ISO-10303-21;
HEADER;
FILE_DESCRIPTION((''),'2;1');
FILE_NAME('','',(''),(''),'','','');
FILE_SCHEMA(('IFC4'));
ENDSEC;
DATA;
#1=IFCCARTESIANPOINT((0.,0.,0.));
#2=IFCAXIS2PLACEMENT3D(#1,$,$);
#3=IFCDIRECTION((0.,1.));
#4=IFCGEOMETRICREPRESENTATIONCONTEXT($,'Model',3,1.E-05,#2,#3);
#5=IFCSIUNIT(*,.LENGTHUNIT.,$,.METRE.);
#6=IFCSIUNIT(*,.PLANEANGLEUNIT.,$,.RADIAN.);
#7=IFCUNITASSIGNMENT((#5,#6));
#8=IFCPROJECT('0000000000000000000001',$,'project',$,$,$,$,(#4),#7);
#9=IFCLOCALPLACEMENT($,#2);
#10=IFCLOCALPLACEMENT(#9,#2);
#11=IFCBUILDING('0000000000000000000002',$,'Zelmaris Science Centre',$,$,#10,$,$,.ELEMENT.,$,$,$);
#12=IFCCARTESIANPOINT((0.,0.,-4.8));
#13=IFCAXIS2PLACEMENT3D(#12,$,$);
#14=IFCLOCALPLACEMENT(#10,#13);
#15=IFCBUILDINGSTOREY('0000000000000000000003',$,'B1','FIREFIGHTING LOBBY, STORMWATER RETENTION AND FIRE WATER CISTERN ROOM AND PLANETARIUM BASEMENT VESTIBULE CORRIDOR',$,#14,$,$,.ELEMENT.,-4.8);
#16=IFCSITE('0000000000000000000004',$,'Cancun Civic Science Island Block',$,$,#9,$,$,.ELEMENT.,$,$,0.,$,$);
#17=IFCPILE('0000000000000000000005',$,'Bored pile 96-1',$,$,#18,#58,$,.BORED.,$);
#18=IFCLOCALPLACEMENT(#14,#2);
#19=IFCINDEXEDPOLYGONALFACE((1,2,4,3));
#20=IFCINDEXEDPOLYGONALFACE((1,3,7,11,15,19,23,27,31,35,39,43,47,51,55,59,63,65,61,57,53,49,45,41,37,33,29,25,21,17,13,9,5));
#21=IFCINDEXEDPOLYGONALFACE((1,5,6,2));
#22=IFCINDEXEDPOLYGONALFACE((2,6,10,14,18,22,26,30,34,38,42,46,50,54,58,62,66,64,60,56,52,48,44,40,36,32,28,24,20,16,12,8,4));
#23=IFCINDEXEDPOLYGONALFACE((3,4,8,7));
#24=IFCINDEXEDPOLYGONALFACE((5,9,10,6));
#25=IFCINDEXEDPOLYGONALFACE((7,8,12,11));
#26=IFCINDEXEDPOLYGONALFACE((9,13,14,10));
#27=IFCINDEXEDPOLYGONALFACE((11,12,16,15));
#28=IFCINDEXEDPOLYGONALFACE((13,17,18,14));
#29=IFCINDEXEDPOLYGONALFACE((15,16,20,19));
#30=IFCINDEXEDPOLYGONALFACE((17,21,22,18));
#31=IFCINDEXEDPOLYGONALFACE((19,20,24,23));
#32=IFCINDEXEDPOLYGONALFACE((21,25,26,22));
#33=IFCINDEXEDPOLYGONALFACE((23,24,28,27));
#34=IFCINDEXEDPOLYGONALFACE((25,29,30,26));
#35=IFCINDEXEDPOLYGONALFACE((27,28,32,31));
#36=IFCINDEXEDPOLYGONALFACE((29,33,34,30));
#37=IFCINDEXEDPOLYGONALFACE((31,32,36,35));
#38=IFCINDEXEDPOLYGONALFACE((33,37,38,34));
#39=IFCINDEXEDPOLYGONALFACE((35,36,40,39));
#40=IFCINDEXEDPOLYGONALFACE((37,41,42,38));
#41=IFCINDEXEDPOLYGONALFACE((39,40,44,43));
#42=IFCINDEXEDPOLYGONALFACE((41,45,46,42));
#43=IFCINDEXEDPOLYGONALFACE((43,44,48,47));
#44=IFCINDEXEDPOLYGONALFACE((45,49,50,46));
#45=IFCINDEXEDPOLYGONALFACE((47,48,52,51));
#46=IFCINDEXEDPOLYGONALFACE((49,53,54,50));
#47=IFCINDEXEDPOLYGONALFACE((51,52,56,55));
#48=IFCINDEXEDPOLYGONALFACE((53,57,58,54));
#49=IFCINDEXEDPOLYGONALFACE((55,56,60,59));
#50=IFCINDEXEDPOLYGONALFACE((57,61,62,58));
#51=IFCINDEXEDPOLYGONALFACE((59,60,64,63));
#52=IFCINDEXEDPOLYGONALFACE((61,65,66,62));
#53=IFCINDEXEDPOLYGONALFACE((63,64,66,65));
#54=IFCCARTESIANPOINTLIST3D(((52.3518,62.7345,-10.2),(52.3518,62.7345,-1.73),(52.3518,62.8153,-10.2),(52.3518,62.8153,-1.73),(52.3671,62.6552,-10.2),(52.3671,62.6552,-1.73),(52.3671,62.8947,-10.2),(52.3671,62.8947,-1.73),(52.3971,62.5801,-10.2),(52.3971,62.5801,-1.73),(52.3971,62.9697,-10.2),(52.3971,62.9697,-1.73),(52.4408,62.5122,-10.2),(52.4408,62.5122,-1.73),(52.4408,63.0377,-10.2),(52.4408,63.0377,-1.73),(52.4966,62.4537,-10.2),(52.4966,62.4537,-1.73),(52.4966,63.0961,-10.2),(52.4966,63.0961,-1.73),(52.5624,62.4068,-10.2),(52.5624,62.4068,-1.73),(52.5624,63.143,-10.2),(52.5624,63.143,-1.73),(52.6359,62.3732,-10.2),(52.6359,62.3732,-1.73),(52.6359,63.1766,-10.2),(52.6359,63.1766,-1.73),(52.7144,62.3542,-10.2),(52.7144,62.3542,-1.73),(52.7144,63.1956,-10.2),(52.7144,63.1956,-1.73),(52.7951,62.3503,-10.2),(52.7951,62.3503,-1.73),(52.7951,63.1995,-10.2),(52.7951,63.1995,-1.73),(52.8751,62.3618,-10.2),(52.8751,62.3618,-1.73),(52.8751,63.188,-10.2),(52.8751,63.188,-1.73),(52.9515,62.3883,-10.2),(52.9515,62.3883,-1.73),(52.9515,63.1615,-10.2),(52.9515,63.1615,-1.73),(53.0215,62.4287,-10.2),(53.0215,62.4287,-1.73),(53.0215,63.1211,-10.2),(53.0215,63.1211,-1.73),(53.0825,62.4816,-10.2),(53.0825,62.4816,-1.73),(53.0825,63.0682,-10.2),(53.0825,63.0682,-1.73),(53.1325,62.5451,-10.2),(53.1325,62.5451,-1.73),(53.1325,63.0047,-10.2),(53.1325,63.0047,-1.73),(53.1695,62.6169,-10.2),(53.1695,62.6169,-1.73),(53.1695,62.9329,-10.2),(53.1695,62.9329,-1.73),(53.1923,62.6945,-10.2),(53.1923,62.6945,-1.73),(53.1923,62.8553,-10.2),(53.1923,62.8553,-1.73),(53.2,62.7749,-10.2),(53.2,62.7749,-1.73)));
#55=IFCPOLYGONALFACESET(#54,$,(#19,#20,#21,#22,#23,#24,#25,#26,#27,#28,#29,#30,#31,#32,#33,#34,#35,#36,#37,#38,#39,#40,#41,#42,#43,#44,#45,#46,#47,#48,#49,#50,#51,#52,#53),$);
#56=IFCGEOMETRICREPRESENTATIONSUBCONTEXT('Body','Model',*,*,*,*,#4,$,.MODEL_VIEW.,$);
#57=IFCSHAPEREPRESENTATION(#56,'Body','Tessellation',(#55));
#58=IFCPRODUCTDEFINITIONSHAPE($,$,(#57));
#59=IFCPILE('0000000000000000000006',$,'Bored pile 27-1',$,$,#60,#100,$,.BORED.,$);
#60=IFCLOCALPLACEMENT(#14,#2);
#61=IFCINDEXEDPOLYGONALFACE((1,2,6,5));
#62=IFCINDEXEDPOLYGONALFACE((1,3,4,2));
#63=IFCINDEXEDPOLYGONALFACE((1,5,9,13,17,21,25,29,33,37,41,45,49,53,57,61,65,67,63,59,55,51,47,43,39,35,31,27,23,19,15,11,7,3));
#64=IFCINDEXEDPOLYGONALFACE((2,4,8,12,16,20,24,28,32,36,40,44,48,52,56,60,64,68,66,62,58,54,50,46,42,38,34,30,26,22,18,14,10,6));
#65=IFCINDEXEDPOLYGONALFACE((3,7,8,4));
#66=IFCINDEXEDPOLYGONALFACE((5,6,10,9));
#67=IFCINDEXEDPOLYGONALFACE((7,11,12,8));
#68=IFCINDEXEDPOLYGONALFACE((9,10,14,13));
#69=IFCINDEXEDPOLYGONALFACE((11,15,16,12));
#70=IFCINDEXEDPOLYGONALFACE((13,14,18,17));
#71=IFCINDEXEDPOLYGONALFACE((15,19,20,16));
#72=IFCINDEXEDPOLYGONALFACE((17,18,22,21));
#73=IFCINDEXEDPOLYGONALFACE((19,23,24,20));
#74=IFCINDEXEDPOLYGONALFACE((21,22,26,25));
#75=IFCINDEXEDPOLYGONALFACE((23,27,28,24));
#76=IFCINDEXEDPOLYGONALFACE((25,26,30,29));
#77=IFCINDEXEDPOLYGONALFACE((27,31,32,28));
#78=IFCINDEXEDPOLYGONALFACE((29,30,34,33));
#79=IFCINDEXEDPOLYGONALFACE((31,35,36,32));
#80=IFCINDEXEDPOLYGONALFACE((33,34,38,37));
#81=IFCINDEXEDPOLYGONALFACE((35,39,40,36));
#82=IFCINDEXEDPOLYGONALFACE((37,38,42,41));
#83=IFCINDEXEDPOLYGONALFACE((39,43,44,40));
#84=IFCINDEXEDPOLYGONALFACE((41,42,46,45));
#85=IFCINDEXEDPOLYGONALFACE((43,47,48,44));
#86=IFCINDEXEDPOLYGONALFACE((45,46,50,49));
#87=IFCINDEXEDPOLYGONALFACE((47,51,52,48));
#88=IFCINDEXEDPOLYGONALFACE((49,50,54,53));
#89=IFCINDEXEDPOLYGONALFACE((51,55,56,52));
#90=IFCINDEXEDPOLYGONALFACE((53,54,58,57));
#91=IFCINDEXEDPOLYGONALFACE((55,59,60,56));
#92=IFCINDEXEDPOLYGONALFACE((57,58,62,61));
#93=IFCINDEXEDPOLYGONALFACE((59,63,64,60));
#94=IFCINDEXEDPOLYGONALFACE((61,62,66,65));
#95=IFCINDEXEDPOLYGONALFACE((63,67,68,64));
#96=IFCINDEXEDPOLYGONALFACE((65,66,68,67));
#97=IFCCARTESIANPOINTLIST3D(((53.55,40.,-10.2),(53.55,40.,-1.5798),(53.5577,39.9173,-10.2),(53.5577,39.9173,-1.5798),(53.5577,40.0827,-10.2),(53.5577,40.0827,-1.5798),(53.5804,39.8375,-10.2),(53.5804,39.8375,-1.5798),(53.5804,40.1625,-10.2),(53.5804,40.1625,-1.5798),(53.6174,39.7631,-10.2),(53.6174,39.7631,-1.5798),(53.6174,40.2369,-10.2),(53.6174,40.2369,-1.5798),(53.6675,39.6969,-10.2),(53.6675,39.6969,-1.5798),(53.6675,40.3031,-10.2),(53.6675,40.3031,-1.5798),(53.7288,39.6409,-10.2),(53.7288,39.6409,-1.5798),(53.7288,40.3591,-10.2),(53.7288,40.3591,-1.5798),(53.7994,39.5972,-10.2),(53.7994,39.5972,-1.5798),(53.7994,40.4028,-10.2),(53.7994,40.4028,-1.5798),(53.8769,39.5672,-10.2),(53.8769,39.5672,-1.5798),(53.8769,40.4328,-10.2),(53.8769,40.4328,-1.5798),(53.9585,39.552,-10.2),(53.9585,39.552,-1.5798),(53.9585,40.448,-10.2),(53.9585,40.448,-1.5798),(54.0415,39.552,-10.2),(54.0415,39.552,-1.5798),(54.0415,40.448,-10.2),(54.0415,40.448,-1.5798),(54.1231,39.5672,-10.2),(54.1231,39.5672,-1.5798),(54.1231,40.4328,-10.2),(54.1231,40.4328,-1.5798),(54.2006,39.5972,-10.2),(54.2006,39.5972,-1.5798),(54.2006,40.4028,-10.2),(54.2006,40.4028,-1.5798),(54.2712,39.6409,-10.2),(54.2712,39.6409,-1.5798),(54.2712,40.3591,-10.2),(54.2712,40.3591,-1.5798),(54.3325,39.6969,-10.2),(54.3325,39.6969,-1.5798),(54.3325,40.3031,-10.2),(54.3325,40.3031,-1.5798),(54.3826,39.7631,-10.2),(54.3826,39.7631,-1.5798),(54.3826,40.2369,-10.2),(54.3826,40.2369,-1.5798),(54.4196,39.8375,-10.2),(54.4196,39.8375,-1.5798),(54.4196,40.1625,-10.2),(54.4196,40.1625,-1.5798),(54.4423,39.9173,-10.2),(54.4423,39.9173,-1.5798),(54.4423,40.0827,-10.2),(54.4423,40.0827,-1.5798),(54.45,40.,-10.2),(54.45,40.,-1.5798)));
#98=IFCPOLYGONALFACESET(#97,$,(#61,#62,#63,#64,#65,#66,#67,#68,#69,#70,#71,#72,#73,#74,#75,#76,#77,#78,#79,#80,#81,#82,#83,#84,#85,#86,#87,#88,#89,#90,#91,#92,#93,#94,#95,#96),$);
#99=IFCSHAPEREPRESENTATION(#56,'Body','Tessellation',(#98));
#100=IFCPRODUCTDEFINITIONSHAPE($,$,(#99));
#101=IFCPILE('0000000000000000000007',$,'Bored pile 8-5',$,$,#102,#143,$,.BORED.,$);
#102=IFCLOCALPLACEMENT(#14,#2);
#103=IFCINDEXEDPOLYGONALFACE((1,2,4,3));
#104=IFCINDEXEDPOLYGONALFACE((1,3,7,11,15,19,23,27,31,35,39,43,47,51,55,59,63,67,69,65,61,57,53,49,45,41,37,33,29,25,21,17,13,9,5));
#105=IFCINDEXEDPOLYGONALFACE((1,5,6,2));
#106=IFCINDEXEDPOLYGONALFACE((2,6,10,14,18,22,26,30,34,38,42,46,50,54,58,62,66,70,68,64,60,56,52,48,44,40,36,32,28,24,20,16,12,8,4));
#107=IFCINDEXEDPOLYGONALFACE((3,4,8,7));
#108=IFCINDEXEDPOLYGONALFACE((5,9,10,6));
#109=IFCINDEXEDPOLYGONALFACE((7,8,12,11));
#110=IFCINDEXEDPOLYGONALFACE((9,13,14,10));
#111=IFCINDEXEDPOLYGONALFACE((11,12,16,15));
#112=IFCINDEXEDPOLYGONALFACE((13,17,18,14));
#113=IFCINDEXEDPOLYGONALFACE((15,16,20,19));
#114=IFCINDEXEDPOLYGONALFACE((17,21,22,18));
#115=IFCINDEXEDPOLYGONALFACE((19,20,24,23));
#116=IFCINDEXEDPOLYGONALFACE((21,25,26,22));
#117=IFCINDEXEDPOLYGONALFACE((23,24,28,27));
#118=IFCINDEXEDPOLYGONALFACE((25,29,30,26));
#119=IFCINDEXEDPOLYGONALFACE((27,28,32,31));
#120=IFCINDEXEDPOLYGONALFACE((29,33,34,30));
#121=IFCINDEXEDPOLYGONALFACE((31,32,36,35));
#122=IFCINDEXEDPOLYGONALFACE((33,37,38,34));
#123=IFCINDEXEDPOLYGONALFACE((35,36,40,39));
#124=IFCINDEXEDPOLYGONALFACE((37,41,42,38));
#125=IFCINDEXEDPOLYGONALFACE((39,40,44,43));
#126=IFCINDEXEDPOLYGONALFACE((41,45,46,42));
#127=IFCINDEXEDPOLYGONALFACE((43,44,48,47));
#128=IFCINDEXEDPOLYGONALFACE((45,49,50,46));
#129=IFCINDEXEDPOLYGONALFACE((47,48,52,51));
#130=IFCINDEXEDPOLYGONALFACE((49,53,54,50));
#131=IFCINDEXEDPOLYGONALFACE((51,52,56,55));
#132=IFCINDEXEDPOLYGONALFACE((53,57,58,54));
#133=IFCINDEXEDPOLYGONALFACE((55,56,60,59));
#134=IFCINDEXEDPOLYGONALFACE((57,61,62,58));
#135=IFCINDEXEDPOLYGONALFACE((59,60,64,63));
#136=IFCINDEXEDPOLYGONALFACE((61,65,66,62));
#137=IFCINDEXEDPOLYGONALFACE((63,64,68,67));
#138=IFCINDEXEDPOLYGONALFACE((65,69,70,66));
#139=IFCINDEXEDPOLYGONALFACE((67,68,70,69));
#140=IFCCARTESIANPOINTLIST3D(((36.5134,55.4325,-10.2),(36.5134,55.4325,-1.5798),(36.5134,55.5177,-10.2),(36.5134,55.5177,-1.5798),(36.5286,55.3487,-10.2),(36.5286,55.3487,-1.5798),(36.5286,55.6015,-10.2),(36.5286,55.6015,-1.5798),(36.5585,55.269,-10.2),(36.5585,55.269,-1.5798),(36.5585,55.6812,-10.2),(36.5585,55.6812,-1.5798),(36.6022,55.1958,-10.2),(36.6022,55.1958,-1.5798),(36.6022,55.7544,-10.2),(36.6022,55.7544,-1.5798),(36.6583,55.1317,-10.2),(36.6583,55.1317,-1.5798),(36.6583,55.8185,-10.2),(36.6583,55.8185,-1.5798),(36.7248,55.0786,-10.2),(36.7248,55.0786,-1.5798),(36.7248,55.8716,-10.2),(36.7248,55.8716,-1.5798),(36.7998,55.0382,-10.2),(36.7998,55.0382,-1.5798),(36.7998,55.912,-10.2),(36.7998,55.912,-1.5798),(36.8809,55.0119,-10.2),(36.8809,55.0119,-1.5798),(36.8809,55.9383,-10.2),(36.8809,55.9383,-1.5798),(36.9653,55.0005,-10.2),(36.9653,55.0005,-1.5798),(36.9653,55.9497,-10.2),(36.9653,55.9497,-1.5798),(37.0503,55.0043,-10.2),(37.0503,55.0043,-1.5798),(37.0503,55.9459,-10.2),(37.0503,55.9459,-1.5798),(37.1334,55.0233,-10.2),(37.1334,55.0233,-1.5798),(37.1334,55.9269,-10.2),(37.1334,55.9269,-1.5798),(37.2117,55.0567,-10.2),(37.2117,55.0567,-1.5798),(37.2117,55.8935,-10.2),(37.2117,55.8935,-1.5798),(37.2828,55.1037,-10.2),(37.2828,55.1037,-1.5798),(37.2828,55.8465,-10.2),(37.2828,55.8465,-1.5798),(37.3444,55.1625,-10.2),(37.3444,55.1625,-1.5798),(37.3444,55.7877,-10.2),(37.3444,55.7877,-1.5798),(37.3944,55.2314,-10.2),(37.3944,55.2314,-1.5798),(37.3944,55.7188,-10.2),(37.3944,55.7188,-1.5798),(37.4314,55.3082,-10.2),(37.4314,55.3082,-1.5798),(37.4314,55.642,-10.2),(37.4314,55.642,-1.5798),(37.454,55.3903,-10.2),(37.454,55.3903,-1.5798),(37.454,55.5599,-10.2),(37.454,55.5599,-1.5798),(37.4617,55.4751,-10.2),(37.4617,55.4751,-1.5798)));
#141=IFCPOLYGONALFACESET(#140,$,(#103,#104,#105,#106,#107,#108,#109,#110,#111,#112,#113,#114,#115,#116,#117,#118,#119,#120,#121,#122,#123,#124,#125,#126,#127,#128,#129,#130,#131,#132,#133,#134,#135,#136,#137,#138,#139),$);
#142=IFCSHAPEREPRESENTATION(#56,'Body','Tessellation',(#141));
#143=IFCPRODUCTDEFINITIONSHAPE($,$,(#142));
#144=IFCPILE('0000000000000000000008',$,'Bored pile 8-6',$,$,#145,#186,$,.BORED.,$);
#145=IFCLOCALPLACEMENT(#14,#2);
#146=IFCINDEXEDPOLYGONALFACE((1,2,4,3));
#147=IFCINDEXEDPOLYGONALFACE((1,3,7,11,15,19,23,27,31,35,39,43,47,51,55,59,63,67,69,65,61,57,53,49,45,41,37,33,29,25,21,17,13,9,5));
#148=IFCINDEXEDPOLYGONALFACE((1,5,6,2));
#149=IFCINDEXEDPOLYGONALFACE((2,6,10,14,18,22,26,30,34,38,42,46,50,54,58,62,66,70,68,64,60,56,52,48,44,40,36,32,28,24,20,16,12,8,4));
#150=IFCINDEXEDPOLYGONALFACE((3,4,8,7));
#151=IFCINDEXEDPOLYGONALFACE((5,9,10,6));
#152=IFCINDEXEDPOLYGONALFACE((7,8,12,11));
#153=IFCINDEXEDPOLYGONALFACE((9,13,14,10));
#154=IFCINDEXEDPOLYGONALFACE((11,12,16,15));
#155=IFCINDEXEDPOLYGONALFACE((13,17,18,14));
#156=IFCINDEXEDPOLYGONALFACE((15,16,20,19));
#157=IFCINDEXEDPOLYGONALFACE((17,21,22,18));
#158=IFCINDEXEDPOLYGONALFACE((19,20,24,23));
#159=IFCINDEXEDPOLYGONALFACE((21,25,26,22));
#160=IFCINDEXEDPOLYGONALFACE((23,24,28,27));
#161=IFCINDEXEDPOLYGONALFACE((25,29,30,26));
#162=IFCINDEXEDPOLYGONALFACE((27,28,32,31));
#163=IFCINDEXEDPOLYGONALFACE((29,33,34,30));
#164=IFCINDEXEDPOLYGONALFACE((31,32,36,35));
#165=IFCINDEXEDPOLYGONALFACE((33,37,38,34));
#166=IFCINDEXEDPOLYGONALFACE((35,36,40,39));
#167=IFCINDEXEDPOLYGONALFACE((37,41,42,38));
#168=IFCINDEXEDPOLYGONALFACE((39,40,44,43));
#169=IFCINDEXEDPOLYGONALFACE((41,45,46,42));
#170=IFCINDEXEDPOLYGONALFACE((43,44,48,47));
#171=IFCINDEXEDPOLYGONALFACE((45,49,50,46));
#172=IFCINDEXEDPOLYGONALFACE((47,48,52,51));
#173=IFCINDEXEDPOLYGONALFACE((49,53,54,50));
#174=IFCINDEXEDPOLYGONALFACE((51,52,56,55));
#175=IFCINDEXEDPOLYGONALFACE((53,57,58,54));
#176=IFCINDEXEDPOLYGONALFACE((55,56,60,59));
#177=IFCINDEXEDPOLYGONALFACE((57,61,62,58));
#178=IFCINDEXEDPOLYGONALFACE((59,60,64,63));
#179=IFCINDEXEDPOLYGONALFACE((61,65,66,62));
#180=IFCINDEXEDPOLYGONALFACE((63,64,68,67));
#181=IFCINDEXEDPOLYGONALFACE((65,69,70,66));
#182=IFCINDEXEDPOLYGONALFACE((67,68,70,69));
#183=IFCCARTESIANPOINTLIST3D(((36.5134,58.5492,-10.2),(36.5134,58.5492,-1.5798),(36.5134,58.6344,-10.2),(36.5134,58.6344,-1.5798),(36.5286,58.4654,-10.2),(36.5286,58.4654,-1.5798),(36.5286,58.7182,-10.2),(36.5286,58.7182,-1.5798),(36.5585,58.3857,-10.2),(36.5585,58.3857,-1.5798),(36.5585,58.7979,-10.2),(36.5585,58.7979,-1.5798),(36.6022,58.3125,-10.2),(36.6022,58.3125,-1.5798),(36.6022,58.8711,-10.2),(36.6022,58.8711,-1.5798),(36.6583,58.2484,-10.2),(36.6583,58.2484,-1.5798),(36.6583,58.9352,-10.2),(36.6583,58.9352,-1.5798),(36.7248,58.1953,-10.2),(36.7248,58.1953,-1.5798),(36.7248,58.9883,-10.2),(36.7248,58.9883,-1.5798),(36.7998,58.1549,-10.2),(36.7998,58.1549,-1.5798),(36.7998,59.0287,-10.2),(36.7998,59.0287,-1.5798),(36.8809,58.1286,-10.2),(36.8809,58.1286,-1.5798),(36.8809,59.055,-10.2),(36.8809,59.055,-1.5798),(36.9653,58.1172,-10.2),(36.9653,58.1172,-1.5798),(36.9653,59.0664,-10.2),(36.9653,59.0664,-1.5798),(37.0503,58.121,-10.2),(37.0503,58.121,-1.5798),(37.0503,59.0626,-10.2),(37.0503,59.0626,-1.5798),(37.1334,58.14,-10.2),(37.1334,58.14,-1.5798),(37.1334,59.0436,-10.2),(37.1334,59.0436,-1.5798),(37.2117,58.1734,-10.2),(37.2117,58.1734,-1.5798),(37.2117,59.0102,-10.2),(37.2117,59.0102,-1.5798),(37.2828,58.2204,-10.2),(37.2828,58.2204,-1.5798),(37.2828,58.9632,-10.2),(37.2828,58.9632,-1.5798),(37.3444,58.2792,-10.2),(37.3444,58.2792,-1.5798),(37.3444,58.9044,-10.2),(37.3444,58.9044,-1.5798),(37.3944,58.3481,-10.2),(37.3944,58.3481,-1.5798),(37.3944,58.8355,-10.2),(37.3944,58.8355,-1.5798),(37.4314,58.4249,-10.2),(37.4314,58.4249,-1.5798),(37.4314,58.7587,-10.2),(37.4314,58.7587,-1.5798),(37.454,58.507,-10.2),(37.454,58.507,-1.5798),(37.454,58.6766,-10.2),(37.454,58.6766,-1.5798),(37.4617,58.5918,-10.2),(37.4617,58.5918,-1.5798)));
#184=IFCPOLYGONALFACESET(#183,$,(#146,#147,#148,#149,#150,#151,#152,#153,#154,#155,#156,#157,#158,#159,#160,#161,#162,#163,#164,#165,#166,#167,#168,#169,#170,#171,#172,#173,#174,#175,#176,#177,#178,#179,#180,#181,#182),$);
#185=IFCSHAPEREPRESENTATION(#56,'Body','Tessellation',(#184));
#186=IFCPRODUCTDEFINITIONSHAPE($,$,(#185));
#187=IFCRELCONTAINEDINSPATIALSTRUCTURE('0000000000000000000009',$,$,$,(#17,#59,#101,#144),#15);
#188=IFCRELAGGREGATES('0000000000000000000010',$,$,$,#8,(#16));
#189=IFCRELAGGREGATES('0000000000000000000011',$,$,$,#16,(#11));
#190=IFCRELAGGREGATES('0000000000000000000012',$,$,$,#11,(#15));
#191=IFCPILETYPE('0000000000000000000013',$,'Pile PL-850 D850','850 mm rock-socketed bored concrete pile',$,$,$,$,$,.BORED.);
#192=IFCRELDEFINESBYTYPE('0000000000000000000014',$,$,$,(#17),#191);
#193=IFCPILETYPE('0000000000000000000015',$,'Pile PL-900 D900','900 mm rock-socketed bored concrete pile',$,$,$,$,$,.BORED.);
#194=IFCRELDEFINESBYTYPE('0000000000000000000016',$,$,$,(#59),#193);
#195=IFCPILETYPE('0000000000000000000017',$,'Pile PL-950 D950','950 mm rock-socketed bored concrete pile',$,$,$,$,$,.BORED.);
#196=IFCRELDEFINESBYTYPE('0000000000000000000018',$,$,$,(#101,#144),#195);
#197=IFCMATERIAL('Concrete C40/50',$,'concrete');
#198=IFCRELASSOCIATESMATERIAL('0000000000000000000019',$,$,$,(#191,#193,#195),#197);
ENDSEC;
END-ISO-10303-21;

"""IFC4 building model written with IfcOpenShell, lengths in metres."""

from ifc_helpers import new_model, si_unit, direction, frame, origin, origin_2d, place, context, subcontext, project, spatial, circle, extrude, material, material_profile, profile_set, type_object, element, save


model = new_model("IFC4")

# Units and contexts
model_context = context("Model", 3, precision=1e-05, world=origin(), true_north=direction((0.0, 1.0)))
body_context = subcontext(model_context, "Body", "Model", "MODEL_VIEW")
ifc_project = project(units=[si_unit("LENGTHUNIT", "METRE"), si_unit("PLANEANGLEUNIT", "RADIAN")], contexts=[model_context])

# Site, building, storey
site_placement = place(None, origin())
site = spatial("IfcSite", under=ifc_project, at=site_placement, Name="Cancun Civic Science Island Block", CompositionType="ELEMENT", RefElevation=0.0)
building_placement = place(site_placement, origin())
building = spatial("IfcBuilding", under=site, at=building_placement, Name="Zelmaris Science Centre", CompositionType="ELEMENT")
storey_placement = place(building_placement, frame((0.0, 0.0, -4.8)))
storey = spatial("IfcBuildingStorey", under=building, at=storey_placement, Name="B1", Description="FIREFIGHTING LOBBY, STORMWATER RETENTION AND FIRE WATER CISTERN ROOM AND PLANETARIUM BASEMENT VESTIBULE CORRIDOR", CompositionType="ELEMENT", Elevation=-4.8)

# Shared definitions
ifc_material_1 = material(Name="Concrete C40/50", Category="concrete")

# Piles
ifc_material_profile_1 = material_profile(ifc_material_1, circle(Radius=0.425, at=origin_2d()), Name="PILE-850")
ifc_profile_set_1 = profile_set([ifc_material_profile_1], Name="Concrete C40/50")
pile_type_1 = type_object("IfcPileType", Name="Pile PL-850 D850", Description="850 mm rock-socketed bored concrete pile", PredefinedType="BORED", material=ifc_profile_set_1)
pile_1_placement = place(storey_placement, frame((52.7749, 62.7749, -1.73), z_axis=(0.0, 0.0, -1.0), x_axis=(1.0, 0.0, 0.0)))
element("IfcPile", 1, at=pile_1_placement, inside=storey, type_object=pile_type_1, Name="Bored pile 96-1", PredefinedType="BORED", context=body_context, shape_type="SweptSolid", body=[
    extrude(circle(Radius=0.425, at=origin_2d()), origin(), (0.0, 0.0, 1.0), 8.47),
])
ifc_material_profile_2 = material_profile(ifc_material_1, circle(Radius=0.45, at=origin_2d()), Name="PILE-900")
ifc_profile_set_2 = profile_set([ifc_material_profile_2], Name="Concrete C40/50")
pile_type_2 = type_object("IfcPileType", Name="Pile PL-900 D900", Description="900 mm rock-socketed bored concrete pile", PredefinedType="BORED", material=ifc_profile_set_2)
pile_2_placement = place(storey_placement, frame((54.0, 40.0, -1.5798), z_axis=(0.0, 0.0, -1.0), x_axis=(1.0, 0.0, 0.0)))
element("IfcPile", 2, at=pile_2_placement, inside=storey, type_object=pile_type_2, Name="Bored pile 27-1", PredefinedType="BORED", context=body_context, shape_type="SweptSolid", body=[
    extrude(circle(Radius=0.45, at=origin_2d()), origin(), (0.0, 0.0, 1.0), 8.6201),
])
ifc_material_profile_3 = material_profile(ifc_material_1, circle(Radius=0.4751, at=origin_2d()), Name="PILE-950")
ifc_profile_set_3 = profile_set([ifc_material_profile_3], Name="Concrete C40/50")
pile_type_3 = type_object("IfcPileType", Name="Pile PL-950 D950", Description="950 mm rock-socketed bored concrete pile", PredefinedType="BORED", material=ifc_profile_set_3)
for number, where, z_axis, x_axis, name in (
    (3, (36.9866, 55.4751, -1.5798), (0.0, 0.0, -1.0), (1.0, 0.0, 0.0), "Bored pile 8-5"),
    (4, (36.9866, 58.5918, -1.5798), (0.0, 0.0, -1.0), (1.0, 0.0, 0.0), "Bored pile 8-6"),
):
    element("IfcPile", number, at=place(storey_placement, frame(where, z_axis=z_axis, x_axis=x_axis)), inside=storey, type_object=pile_type_3, Name=name, PredefinedType="BORED", context=body_context, shape_type="SweptSolid", body=[
        extrude(circle(Radius=0.4751, at=origin_2d()), origin(), (0.0, 0.0, 1.0), 8.6201),
    ])

save(model, "model.ifc")
